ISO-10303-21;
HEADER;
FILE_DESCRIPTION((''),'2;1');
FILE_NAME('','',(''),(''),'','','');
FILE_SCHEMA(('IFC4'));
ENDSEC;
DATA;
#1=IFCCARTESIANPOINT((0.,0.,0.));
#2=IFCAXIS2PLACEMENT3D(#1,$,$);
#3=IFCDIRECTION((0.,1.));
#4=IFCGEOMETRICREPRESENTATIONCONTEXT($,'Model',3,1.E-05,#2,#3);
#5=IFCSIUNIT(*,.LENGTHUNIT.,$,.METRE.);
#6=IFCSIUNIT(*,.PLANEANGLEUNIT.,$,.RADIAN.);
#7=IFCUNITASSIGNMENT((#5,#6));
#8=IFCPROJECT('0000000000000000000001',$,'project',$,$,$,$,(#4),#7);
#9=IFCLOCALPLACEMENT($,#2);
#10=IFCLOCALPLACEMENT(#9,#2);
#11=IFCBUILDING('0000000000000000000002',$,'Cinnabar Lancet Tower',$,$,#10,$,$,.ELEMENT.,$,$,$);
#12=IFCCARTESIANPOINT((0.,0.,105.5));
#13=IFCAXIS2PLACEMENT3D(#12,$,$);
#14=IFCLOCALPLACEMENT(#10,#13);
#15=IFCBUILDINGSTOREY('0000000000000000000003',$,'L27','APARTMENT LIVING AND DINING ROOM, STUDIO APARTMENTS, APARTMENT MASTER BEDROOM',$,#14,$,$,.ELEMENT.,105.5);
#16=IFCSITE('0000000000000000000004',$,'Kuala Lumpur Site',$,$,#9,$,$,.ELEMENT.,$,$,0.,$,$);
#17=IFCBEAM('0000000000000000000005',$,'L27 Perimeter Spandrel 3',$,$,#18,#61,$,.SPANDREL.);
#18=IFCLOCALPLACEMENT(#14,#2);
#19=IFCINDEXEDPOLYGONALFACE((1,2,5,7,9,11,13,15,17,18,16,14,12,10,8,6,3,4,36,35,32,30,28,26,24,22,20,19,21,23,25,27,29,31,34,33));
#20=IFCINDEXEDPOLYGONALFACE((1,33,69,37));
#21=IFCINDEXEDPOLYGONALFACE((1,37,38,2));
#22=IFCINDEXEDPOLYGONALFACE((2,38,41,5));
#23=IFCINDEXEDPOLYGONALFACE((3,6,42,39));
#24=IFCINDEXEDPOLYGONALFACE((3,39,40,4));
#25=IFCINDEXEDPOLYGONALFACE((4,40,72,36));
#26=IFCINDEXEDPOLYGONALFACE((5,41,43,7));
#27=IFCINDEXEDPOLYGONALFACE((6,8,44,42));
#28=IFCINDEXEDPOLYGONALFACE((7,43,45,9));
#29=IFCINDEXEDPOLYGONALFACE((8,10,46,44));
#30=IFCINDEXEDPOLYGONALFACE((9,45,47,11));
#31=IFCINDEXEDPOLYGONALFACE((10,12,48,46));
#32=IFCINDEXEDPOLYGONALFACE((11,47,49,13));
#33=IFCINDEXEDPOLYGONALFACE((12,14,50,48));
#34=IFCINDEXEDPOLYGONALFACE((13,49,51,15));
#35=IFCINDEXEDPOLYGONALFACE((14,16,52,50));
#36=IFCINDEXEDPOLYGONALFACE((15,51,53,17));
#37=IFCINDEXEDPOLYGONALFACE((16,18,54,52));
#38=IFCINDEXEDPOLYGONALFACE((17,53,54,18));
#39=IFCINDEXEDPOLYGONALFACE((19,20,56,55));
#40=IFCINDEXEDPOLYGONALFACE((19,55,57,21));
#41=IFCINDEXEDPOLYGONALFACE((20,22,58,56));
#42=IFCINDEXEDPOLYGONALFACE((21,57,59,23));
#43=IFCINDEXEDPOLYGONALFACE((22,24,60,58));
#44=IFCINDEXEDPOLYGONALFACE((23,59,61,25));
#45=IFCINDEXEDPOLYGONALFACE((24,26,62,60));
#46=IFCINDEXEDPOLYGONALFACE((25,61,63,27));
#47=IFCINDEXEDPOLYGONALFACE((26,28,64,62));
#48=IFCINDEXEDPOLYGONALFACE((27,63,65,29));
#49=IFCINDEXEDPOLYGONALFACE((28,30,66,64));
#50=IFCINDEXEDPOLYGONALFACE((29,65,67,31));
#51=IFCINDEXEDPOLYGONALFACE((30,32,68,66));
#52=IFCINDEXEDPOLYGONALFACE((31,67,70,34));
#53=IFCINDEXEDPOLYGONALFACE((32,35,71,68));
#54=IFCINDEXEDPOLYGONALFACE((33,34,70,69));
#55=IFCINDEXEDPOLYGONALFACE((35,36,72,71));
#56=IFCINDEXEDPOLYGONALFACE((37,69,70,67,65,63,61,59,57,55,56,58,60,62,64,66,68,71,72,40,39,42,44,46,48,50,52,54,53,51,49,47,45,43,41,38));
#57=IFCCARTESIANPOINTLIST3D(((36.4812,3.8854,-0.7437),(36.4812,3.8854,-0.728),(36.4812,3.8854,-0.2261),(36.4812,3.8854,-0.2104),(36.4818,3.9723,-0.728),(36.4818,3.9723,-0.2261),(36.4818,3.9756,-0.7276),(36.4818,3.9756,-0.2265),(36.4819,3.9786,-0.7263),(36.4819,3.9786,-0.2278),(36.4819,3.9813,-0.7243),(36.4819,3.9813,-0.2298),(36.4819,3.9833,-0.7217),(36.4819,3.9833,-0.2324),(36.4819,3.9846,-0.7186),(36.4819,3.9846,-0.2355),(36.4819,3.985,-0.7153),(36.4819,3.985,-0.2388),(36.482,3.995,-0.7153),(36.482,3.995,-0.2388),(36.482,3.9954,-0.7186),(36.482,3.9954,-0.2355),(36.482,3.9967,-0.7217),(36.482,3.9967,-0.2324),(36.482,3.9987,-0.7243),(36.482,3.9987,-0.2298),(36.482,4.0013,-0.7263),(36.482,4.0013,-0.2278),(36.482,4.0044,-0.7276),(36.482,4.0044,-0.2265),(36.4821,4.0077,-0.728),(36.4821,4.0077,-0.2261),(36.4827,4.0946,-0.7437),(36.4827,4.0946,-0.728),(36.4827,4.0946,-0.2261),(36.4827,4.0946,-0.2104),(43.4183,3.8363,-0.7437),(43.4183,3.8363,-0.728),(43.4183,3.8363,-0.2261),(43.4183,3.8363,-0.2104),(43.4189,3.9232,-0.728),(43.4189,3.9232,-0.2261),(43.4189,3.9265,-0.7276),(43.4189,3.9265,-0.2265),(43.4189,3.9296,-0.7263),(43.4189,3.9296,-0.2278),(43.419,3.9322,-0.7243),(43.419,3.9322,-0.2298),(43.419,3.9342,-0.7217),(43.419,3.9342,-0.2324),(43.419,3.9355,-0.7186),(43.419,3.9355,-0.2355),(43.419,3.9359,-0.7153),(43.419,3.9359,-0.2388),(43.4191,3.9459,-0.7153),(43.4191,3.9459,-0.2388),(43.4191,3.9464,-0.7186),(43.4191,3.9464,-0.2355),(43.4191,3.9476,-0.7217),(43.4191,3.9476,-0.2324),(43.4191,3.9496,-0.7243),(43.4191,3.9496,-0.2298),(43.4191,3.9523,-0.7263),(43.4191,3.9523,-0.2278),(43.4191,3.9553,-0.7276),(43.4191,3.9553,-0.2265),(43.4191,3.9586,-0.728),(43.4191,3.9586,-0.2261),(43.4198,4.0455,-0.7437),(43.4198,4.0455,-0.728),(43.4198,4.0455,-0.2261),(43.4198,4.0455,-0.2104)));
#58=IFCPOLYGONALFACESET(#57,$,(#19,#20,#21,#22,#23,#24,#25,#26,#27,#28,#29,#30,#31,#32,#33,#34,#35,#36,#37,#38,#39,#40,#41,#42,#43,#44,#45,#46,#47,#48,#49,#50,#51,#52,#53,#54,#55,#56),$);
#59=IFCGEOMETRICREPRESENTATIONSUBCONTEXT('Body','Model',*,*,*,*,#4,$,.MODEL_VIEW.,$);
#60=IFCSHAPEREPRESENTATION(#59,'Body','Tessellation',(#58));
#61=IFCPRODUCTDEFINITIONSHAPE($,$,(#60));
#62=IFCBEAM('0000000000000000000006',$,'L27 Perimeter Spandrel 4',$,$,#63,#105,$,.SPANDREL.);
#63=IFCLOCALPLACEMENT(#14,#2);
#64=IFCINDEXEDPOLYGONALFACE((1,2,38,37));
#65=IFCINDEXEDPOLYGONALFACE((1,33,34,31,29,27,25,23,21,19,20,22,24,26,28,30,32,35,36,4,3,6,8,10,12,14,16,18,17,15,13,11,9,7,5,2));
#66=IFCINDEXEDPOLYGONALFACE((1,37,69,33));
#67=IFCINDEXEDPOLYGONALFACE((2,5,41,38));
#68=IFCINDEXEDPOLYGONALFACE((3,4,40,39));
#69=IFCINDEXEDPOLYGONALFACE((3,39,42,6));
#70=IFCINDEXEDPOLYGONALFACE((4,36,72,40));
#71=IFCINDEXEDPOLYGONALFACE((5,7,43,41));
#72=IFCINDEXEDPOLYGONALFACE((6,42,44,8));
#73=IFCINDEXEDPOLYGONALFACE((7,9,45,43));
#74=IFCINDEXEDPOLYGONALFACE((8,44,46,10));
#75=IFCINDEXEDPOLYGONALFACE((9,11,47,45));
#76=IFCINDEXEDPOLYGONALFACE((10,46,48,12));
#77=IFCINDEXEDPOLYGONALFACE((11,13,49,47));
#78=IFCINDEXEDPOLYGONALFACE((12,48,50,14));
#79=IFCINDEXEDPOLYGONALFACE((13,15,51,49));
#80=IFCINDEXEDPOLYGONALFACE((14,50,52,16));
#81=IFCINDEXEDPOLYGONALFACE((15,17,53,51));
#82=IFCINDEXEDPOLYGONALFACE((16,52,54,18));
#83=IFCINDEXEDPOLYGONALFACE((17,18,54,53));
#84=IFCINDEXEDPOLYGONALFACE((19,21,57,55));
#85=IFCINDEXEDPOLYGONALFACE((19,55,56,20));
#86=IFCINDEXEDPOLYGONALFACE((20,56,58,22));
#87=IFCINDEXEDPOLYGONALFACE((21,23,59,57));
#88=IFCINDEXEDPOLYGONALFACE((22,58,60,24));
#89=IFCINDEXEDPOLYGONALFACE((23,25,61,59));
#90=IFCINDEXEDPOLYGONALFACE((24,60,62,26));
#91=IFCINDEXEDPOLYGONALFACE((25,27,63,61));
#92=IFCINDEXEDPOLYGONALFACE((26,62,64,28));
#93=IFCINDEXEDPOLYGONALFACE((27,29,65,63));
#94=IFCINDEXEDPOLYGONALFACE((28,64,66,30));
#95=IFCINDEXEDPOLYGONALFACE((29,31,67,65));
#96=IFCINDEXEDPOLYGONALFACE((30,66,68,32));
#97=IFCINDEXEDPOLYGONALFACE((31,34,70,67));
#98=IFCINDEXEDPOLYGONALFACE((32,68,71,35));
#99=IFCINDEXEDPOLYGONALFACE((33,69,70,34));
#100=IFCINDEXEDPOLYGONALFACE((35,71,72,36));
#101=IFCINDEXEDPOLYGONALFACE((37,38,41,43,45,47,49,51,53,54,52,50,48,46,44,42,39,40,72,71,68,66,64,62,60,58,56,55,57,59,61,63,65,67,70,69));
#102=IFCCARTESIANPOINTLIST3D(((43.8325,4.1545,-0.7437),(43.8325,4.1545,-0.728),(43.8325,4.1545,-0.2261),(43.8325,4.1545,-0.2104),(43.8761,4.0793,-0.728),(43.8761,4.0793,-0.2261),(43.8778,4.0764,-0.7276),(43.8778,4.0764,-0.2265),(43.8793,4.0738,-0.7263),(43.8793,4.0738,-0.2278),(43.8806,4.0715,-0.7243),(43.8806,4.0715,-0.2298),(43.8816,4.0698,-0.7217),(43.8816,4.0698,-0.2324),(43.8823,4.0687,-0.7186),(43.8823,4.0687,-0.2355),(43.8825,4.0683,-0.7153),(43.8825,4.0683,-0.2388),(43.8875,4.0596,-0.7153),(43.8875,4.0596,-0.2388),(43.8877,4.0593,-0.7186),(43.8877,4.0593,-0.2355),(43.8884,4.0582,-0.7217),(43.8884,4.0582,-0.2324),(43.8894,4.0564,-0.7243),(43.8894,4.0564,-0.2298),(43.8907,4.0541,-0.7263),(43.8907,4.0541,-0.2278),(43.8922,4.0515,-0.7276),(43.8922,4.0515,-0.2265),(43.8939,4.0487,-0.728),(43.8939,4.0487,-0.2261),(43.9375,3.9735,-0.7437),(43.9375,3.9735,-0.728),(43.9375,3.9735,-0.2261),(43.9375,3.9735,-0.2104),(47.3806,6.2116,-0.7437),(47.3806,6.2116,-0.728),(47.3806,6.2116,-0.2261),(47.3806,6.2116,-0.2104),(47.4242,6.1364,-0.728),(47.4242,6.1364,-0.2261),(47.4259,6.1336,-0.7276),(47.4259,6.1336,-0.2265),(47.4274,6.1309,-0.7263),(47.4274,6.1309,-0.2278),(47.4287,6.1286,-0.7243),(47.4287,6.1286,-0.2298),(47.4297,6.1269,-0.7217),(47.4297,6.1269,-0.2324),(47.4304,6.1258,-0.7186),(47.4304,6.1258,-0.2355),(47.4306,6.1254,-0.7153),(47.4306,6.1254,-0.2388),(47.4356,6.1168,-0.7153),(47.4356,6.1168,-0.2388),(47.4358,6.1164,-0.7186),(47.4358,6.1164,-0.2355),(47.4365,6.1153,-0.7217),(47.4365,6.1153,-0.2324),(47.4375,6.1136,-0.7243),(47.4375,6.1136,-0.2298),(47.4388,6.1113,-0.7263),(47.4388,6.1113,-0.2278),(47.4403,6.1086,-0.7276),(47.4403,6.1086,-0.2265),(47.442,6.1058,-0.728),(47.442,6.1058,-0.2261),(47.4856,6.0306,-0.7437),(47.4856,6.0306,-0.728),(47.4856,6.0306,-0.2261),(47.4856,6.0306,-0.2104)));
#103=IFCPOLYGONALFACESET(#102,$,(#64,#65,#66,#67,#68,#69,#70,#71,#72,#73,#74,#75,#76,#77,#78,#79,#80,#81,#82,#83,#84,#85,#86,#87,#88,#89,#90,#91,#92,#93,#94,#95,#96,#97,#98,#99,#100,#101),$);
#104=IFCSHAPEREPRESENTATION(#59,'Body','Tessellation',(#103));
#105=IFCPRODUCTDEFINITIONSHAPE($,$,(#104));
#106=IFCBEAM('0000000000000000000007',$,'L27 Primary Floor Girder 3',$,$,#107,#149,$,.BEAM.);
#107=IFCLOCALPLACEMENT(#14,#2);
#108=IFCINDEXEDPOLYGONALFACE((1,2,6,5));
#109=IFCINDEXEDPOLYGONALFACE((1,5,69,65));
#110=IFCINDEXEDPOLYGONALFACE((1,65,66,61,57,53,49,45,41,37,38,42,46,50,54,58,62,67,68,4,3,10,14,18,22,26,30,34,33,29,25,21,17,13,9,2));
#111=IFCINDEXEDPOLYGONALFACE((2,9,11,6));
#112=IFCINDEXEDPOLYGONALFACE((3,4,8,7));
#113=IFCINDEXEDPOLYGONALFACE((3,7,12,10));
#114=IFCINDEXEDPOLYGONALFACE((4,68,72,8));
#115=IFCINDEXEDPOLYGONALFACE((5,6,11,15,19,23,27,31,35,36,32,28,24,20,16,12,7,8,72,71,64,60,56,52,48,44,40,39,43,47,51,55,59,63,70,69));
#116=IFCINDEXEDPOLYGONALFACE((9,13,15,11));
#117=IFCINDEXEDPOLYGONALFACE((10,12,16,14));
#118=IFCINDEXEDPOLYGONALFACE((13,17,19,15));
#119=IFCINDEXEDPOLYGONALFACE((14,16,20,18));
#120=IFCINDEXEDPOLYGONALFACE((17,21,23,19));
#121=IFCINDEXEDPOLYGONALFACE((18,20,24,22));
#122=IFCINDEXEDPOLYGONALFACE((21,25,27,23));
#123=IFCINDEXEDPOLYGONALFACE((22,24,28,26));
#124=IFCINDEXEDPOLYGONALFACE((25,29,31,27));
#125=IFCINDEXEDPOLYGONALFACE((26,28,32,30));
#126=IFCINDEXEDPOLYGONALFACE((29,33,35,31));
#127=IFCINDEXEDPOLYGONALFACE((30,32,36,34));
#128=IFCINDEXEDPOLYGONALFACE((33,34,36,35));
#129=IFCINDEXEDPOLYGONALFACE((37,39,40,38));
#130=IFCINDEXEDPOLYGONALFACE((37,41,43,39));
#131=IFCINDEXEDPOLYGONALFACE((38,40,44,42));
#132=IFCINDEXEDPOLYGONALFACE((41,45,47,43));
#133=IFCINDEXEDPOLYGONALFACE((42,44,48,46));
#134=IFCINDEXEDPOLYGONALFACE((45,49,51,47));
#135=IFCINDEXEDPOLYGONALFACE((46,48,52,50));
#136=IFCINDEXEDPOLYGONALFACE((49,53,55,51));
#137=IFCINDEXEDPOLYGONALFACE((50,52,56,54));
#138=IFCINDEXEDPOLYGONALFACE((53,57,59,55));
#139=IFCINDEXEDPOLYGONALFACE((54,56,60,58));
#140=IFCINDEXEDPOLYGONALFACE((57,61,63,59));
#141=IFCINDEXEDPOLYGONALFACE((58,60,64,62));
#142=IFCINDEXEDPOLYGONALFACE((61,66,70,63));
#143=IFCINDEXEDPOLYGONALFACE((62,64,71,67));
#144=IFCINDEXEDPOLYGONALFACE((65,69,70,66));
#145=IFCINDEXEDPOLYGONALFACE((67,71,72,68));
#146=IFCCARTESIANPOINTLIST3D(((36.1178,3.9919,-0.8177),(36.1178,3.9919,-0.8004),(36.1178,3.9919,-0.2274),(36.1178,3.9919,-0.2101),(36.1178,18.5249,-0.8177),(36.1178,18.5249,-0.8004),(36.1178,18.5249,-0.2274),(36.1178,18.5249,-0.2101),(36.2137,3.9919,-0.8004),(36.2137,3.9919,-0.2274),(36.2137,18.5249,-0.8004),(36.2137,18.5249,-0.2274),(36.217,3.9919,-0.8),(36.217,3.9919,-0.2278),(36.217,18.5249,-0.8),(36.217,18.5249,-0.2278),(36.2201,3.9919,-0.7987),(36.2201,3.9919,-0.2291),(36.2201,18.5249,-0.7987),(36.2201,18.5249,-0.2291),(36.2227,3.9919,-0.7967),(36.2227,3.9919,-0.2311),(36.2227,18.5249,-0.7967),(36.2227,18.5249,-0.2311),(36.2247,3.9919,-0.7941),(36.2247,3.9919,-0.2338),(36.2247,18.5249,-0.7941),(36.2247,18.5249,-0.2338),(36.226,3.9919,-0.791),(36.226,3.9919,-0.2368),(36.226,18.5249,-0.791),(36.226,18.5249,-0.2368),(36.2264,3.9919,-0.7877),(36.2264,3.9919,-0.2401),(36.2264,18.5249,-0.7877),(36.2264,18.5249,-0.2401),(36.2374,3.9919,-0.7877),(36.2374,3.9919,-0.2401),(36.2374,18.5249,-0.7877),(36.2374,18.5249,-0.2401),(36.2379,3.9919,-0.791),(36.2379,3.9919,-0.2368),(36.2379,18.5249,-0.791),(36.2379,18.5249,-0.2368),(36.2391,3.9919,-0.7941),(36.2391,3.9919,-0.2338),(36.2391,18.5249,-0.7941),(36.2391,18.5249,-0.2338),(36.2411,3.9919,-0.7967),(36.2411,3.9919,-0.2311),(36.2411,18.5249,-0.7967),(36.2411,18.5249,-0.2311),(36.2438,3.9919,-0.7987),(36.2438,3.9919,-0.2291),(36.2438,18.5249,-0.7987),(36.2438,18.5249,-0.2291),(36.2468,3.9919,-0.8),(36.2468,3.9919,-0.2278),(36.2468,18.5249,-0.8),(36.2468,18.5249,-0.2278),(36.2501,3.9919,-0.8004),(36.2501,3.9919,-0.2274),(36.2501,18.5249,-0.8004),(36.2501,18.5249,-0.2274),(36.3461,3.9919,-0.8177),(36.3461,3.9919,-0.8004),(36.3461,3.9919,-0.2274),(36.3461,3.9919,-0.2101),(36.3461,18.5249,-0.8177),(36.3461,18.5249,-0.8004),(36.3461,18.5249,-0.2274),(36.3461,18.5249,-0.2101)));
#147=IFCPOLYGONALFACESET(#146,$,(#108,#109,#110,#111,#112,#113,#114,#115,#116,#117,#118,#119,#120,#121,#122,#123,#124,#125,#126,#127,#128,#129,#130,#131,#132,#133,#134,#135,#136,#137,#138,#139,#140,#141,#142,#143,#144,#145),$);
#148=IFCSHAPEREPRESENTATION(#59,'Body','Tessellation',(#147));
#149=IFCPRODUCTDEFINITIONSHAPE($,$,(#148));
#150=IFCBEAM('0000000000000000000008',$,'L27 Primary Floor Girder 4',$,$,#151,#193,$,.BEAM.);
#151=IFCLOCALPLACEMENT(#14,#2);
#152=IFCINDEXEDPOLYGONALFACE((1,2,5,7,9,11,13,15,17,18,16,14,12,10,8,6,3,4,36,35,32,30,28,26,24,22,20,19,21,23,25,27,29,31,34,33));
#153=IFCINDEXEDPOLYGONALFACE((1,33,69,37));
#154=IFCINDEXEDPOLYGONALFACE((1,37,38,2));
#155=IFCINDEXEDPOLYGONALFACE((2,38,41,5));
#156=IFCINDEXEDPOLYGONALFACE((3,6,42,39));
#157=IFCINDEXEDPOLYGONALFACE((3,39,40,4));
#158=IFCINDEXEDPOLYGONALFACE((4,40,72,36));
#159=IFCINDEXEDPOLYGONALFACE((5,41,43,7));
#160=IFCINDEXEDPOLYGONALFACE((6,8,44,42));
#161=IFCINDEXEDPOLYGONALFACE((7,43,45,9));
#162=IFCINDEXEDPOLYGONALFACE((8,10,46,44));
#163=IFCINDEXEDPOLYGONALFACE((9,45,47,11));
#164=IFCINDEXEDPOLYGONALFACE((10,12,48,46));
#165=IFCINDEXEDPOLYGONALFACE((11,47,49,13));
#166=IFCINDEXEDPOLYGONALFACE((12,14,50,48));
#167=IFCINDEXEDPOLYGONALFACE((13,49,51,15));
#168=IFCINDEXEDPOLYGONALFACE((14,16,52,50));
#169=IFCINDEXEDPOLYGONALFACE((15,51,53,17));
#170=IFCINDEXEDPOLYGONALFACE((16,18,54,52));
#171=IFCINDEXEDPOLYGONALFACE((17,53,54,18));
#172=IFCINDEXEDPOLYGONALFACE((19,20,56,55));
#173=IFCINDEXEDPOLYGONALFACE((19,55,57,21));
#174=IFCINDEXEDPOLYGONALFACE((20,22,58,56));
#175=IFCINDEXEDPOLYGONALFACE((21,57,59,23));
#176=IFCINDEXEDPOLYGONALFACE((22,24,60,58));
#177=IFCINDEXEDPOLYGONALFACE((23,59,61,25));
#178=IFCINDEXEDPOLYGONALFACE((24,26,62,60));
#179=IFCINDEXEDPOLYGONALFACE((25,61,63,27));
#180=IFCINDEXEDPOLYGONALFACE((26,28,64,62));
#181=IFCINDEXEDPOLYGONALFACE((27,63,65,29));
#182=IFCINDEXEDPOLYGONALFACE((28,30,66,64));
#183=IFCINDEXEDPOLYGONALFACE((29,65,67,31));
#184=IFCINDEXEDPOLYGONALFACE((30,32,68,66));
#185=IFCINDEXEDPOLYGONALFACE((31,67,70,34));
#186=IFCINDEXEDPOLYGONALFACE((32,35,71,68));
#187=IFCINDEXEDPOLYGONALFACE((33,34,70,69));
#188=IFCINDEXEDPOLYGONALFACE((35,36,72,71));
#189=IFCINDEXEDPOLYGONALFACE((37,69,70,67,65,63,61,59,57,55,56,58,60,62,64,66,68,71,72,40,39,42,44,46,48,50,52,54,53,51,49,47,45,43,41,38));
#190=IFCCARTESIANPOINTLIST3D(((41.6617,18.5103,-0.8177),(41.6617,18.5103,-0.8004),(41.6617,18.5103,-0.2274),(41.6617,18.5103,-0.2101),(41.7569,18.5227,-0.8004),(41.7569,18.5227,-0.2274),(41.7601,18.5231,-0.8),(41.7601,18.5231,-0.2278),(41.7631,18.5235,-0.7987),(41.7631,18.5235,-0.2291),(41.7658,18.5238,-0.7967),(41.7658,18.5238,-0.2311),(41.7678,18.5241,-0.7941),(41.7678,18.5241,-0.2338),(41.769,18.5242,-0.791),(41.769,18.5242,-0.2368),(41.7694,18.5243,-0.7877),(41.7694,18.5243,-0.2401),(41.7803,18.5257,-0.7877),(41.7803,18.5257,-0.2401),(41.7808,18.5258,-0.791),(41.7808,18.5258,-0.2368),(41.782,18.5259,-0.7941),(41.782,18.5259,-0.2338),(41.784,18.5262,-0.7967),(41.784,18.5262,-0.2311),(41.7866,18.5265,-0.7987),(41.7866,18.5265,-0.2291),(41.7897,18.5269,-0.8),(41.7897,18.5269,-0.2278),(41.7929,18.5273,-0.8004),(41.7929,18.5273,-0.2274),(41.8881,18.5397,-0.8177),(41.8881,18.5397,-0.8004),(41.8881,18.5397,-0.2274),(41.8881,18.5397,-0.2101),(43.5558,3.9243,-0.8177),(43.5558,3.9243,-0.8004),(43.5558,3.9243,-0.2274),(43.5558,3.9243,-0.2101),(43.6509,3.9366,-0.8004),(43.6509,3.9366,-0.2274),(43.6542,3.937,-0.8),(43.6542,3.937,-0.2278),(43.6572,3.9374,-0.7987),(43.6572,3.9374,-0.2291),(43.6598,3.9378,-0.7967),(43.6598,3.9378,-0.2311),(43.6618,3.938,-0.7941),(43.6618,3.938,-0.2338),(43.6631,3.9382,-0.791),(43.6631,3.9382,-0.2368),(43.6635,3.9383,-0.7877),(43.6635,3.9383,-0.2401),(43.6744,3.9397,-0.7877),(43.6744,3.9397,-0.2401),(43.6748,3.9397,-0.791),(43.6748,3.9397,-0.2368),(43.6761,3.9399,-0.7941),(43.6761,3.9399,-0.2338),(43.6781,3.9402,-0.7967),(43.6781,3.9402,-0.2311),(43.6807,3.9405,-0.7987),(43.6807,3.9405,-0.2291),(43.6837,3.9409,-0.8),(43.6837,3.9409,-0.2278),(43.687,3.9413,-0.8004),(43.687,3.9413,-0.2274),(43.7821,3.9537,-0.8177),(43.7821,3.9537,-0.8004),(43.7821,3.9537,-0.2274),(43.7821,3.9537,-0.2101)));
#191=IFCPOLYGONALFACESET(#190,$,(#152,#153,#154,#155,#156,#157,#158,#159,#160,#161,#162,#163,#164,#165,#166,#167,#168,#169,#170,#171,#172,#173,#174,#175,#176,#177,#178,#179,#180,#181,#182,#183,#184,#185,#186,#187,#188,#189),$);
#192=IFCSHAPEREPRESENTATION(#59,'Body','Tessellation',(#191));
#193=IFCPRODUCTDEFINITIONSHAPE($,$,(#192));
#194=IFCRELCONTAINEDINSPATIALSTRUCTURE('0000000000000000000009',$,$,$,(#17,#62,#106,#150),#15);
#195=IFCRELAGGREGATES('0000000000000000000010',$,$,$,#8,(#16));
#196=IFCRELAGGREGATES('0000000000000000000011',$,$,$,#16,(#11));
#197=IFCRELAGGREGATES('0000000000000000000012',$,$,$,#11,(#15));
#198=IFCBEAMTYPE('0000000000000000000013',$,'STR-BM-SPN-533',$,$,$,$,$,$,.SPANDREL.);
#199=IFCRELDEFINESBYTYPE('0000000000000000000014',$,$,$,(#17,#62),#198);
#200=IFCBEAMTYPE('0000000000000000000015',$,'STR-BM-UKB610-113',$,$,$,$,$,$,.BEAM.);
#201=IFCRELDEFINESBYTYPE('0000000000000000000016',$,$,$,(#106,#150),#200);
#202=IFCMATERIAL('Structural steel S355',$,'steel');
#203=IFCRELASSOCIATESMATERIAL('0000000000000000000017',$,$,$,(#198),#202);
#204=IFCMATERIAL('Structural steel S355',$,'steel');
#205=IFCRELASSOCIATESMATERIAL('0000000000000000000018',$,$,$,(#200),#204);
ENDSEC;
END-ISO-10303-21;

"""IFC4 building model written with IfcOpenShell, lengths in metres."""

from ifc_helpers import new_model, si_unit, direction, frame, origin, origin_2d, place, context, subcontext, project, spatial, i_section, extrude, material, material_profile, profile_set, type_object, element, save


model = new_model("IFC4")

# Units and contexts
model_context = context("Model", 3, precision=1e-05, world=origin(), true_north=direction((0.0, 1.0)))
body_context = subcontext(model_context, "Body", "Model", "MODEL_VIEW")
ifc_project = project(units=[si_unit("LENGTHUNIT", "METRE"), si_unit("PLANEANGLEUNIT", "RADIAN")], contexts=[model_context])

# Site, building, storey
site_placement = place(None, origin())
site = spatial("IfcSite", under=ifc_project, at=site_placement, Name="Kuala Lumpur Site", CompositionType="ELEMENT", RefElevation=0.0)
building_placement = place(site_placement, origin())
building = spatial("IfcBuilding", under=site, at=building_placement, Name="Cinnabar Lancet Tower", CompositionType="ELEMENT")
storey_placement = place(building_placement, frame((0.0, 0.0, 105.5)))
storey = spatial("IfcBuildingStorey", under=building, at=storey_placement, Name="L27", Description="APARTMENT LIVING AND DINING ROOM, STUDIO APARTMENTS, APARTMENT MASTER BEDROOM", CompositionType="ELEMENT", Elevation=105.5)

# Beams
ifc_material_1 = material(Name="Structural steel S355", Category="steel")
ifc_material_profile_1 = material_profile(ifc_material_1, i_section(OverallWidth=0.2092, OverallDepth=0.5332, WebThickness=0.01, FlangeThickness=0.0156, FilletRadius=0.0127, at=origin_2d()), Name="UKB 533x210x92")
ifc_profile_set_1 = profile_set([ifc_material_profile_1], Name="Structural steel S355")
beam_type_1 = type_object("IfcBeamType", Name="STR-BM-SPN-533", PredefinedType="SPANDREL", material=ifc_profile_set_1)
beam_1_placement = place(storey_placement, frame((36.4819, 3.99, -0.4771), z_axis=(0.999975, -0.007074, 0.0), x_axis=(0.007074, 0.999975, 0.0)))
element("IfcBeam", 1, at=beam_1_placement, inside=storey, type_object=beam_type_1, Name="L27 Perimeter Spandrel 3", PredefinedType="SPANDREL", context=body_context, shape_type="SweptSolid", body=[
    extrude(i_section(OverallWidth=0.2092, OverallDepth=0.5332, WebThickness=0.01, FlangeThickness=0.0156, FilletRadius=0.0127, at=origin_2d()), origin(), (0.0, 0.0, 1.0), 6.9373),
])
beam_2_placement = place(storey_placement, frame((43.885, 4.064, -0.4771), z_axis=(0.865112, 0.501578, 0.0), x_axis=(-0.501578, 0.865112, 0.0)))
element("IfcBeam", 2, at=beam_2_placement, inside=storey, type_object=beam_type_1, Name="L27 Perimeter Spandrel 4", PredefinedType="SPANDREL", context=body_context, shape_type="SweptSolid", body=[
    extrude(i_section(OverallWidth=0.2092, OverallDepth=0.5332, WebThickness=0.01, FlangeThickness=0.0156, FilletRadius=0.0127, at=origin_2d()), origin(), (0.0, 0.0, 1.0), 4.1013),
])
ifc_material_2 = material(Name="Structural steel S355", Category="steel")
ifc_material_profile_2 = material_profile(ifc_material_2, i_section(OverallWidth=0.2283, OverallDepth=0.6077, WebThickness=0.011, FlangeThickness=0.0173, FilletRadius=0.0127, at=origin_2d()), Name="UKB 610x229x113")
ifc_profile_set_2 = profile_set([ifc_material_profile_2], Name="Structural steel S355")
beam_type_2 = type_object("IfcBeamType", Name="STR-BM-UKB610-113", PredefinedType="BEAM", material=ifc_profile_set_2)
beam_3_placement = place(storey_placement, frame((36.2319, 3.9919, -0.5139), z_axis=(0.0, 1.0, 0.0), x_axis=(-1.0, 0.0, 0.0)))
element("IfcBeam", 3, at=beam_3_placement, inside=storey, type_object=beam_type_2, Name="L27 Primary Floor Girder 3", PredefinedType="BEAM", context=body_context, shape_type="SweptSolid", body=[
    extrude(i_section(OverallWidth=0.2283, OverallDepth=0.6077, WebThickness=0.011, FlangeThickness=0.0173, FilletRadius=0.0127, at=origin_2d()), origin(), (0.0, 0.0, 1.0), 14.533),
])
beam_4_placement = place(storey_placement, frame((43.6689, 3.939, -0.5139), z_axis=(-0.128773, 0.991674, 0.0), x_axis=(-0.991674, -0.128773, 0.0)))
element("IfcBeam", 4, at=beam_4_placement, inside=storey, type_object=beam_type_2, Name="L27 Primary Floor Girder 4", PredefinedType="BEAM", context=body_context, shape_type="SweptSolid", body=[
    extrude(i_section(OverallWidth=0.2283, OverallDepth=0.6077, WebThickness=0.011, FlangeThickness=0.0173, FilletRadius=0.0127, at=origin_2d()), origin(), (0.0, 0.0, 1.0), 14.7085),
])

save(model, "model.ifc")
